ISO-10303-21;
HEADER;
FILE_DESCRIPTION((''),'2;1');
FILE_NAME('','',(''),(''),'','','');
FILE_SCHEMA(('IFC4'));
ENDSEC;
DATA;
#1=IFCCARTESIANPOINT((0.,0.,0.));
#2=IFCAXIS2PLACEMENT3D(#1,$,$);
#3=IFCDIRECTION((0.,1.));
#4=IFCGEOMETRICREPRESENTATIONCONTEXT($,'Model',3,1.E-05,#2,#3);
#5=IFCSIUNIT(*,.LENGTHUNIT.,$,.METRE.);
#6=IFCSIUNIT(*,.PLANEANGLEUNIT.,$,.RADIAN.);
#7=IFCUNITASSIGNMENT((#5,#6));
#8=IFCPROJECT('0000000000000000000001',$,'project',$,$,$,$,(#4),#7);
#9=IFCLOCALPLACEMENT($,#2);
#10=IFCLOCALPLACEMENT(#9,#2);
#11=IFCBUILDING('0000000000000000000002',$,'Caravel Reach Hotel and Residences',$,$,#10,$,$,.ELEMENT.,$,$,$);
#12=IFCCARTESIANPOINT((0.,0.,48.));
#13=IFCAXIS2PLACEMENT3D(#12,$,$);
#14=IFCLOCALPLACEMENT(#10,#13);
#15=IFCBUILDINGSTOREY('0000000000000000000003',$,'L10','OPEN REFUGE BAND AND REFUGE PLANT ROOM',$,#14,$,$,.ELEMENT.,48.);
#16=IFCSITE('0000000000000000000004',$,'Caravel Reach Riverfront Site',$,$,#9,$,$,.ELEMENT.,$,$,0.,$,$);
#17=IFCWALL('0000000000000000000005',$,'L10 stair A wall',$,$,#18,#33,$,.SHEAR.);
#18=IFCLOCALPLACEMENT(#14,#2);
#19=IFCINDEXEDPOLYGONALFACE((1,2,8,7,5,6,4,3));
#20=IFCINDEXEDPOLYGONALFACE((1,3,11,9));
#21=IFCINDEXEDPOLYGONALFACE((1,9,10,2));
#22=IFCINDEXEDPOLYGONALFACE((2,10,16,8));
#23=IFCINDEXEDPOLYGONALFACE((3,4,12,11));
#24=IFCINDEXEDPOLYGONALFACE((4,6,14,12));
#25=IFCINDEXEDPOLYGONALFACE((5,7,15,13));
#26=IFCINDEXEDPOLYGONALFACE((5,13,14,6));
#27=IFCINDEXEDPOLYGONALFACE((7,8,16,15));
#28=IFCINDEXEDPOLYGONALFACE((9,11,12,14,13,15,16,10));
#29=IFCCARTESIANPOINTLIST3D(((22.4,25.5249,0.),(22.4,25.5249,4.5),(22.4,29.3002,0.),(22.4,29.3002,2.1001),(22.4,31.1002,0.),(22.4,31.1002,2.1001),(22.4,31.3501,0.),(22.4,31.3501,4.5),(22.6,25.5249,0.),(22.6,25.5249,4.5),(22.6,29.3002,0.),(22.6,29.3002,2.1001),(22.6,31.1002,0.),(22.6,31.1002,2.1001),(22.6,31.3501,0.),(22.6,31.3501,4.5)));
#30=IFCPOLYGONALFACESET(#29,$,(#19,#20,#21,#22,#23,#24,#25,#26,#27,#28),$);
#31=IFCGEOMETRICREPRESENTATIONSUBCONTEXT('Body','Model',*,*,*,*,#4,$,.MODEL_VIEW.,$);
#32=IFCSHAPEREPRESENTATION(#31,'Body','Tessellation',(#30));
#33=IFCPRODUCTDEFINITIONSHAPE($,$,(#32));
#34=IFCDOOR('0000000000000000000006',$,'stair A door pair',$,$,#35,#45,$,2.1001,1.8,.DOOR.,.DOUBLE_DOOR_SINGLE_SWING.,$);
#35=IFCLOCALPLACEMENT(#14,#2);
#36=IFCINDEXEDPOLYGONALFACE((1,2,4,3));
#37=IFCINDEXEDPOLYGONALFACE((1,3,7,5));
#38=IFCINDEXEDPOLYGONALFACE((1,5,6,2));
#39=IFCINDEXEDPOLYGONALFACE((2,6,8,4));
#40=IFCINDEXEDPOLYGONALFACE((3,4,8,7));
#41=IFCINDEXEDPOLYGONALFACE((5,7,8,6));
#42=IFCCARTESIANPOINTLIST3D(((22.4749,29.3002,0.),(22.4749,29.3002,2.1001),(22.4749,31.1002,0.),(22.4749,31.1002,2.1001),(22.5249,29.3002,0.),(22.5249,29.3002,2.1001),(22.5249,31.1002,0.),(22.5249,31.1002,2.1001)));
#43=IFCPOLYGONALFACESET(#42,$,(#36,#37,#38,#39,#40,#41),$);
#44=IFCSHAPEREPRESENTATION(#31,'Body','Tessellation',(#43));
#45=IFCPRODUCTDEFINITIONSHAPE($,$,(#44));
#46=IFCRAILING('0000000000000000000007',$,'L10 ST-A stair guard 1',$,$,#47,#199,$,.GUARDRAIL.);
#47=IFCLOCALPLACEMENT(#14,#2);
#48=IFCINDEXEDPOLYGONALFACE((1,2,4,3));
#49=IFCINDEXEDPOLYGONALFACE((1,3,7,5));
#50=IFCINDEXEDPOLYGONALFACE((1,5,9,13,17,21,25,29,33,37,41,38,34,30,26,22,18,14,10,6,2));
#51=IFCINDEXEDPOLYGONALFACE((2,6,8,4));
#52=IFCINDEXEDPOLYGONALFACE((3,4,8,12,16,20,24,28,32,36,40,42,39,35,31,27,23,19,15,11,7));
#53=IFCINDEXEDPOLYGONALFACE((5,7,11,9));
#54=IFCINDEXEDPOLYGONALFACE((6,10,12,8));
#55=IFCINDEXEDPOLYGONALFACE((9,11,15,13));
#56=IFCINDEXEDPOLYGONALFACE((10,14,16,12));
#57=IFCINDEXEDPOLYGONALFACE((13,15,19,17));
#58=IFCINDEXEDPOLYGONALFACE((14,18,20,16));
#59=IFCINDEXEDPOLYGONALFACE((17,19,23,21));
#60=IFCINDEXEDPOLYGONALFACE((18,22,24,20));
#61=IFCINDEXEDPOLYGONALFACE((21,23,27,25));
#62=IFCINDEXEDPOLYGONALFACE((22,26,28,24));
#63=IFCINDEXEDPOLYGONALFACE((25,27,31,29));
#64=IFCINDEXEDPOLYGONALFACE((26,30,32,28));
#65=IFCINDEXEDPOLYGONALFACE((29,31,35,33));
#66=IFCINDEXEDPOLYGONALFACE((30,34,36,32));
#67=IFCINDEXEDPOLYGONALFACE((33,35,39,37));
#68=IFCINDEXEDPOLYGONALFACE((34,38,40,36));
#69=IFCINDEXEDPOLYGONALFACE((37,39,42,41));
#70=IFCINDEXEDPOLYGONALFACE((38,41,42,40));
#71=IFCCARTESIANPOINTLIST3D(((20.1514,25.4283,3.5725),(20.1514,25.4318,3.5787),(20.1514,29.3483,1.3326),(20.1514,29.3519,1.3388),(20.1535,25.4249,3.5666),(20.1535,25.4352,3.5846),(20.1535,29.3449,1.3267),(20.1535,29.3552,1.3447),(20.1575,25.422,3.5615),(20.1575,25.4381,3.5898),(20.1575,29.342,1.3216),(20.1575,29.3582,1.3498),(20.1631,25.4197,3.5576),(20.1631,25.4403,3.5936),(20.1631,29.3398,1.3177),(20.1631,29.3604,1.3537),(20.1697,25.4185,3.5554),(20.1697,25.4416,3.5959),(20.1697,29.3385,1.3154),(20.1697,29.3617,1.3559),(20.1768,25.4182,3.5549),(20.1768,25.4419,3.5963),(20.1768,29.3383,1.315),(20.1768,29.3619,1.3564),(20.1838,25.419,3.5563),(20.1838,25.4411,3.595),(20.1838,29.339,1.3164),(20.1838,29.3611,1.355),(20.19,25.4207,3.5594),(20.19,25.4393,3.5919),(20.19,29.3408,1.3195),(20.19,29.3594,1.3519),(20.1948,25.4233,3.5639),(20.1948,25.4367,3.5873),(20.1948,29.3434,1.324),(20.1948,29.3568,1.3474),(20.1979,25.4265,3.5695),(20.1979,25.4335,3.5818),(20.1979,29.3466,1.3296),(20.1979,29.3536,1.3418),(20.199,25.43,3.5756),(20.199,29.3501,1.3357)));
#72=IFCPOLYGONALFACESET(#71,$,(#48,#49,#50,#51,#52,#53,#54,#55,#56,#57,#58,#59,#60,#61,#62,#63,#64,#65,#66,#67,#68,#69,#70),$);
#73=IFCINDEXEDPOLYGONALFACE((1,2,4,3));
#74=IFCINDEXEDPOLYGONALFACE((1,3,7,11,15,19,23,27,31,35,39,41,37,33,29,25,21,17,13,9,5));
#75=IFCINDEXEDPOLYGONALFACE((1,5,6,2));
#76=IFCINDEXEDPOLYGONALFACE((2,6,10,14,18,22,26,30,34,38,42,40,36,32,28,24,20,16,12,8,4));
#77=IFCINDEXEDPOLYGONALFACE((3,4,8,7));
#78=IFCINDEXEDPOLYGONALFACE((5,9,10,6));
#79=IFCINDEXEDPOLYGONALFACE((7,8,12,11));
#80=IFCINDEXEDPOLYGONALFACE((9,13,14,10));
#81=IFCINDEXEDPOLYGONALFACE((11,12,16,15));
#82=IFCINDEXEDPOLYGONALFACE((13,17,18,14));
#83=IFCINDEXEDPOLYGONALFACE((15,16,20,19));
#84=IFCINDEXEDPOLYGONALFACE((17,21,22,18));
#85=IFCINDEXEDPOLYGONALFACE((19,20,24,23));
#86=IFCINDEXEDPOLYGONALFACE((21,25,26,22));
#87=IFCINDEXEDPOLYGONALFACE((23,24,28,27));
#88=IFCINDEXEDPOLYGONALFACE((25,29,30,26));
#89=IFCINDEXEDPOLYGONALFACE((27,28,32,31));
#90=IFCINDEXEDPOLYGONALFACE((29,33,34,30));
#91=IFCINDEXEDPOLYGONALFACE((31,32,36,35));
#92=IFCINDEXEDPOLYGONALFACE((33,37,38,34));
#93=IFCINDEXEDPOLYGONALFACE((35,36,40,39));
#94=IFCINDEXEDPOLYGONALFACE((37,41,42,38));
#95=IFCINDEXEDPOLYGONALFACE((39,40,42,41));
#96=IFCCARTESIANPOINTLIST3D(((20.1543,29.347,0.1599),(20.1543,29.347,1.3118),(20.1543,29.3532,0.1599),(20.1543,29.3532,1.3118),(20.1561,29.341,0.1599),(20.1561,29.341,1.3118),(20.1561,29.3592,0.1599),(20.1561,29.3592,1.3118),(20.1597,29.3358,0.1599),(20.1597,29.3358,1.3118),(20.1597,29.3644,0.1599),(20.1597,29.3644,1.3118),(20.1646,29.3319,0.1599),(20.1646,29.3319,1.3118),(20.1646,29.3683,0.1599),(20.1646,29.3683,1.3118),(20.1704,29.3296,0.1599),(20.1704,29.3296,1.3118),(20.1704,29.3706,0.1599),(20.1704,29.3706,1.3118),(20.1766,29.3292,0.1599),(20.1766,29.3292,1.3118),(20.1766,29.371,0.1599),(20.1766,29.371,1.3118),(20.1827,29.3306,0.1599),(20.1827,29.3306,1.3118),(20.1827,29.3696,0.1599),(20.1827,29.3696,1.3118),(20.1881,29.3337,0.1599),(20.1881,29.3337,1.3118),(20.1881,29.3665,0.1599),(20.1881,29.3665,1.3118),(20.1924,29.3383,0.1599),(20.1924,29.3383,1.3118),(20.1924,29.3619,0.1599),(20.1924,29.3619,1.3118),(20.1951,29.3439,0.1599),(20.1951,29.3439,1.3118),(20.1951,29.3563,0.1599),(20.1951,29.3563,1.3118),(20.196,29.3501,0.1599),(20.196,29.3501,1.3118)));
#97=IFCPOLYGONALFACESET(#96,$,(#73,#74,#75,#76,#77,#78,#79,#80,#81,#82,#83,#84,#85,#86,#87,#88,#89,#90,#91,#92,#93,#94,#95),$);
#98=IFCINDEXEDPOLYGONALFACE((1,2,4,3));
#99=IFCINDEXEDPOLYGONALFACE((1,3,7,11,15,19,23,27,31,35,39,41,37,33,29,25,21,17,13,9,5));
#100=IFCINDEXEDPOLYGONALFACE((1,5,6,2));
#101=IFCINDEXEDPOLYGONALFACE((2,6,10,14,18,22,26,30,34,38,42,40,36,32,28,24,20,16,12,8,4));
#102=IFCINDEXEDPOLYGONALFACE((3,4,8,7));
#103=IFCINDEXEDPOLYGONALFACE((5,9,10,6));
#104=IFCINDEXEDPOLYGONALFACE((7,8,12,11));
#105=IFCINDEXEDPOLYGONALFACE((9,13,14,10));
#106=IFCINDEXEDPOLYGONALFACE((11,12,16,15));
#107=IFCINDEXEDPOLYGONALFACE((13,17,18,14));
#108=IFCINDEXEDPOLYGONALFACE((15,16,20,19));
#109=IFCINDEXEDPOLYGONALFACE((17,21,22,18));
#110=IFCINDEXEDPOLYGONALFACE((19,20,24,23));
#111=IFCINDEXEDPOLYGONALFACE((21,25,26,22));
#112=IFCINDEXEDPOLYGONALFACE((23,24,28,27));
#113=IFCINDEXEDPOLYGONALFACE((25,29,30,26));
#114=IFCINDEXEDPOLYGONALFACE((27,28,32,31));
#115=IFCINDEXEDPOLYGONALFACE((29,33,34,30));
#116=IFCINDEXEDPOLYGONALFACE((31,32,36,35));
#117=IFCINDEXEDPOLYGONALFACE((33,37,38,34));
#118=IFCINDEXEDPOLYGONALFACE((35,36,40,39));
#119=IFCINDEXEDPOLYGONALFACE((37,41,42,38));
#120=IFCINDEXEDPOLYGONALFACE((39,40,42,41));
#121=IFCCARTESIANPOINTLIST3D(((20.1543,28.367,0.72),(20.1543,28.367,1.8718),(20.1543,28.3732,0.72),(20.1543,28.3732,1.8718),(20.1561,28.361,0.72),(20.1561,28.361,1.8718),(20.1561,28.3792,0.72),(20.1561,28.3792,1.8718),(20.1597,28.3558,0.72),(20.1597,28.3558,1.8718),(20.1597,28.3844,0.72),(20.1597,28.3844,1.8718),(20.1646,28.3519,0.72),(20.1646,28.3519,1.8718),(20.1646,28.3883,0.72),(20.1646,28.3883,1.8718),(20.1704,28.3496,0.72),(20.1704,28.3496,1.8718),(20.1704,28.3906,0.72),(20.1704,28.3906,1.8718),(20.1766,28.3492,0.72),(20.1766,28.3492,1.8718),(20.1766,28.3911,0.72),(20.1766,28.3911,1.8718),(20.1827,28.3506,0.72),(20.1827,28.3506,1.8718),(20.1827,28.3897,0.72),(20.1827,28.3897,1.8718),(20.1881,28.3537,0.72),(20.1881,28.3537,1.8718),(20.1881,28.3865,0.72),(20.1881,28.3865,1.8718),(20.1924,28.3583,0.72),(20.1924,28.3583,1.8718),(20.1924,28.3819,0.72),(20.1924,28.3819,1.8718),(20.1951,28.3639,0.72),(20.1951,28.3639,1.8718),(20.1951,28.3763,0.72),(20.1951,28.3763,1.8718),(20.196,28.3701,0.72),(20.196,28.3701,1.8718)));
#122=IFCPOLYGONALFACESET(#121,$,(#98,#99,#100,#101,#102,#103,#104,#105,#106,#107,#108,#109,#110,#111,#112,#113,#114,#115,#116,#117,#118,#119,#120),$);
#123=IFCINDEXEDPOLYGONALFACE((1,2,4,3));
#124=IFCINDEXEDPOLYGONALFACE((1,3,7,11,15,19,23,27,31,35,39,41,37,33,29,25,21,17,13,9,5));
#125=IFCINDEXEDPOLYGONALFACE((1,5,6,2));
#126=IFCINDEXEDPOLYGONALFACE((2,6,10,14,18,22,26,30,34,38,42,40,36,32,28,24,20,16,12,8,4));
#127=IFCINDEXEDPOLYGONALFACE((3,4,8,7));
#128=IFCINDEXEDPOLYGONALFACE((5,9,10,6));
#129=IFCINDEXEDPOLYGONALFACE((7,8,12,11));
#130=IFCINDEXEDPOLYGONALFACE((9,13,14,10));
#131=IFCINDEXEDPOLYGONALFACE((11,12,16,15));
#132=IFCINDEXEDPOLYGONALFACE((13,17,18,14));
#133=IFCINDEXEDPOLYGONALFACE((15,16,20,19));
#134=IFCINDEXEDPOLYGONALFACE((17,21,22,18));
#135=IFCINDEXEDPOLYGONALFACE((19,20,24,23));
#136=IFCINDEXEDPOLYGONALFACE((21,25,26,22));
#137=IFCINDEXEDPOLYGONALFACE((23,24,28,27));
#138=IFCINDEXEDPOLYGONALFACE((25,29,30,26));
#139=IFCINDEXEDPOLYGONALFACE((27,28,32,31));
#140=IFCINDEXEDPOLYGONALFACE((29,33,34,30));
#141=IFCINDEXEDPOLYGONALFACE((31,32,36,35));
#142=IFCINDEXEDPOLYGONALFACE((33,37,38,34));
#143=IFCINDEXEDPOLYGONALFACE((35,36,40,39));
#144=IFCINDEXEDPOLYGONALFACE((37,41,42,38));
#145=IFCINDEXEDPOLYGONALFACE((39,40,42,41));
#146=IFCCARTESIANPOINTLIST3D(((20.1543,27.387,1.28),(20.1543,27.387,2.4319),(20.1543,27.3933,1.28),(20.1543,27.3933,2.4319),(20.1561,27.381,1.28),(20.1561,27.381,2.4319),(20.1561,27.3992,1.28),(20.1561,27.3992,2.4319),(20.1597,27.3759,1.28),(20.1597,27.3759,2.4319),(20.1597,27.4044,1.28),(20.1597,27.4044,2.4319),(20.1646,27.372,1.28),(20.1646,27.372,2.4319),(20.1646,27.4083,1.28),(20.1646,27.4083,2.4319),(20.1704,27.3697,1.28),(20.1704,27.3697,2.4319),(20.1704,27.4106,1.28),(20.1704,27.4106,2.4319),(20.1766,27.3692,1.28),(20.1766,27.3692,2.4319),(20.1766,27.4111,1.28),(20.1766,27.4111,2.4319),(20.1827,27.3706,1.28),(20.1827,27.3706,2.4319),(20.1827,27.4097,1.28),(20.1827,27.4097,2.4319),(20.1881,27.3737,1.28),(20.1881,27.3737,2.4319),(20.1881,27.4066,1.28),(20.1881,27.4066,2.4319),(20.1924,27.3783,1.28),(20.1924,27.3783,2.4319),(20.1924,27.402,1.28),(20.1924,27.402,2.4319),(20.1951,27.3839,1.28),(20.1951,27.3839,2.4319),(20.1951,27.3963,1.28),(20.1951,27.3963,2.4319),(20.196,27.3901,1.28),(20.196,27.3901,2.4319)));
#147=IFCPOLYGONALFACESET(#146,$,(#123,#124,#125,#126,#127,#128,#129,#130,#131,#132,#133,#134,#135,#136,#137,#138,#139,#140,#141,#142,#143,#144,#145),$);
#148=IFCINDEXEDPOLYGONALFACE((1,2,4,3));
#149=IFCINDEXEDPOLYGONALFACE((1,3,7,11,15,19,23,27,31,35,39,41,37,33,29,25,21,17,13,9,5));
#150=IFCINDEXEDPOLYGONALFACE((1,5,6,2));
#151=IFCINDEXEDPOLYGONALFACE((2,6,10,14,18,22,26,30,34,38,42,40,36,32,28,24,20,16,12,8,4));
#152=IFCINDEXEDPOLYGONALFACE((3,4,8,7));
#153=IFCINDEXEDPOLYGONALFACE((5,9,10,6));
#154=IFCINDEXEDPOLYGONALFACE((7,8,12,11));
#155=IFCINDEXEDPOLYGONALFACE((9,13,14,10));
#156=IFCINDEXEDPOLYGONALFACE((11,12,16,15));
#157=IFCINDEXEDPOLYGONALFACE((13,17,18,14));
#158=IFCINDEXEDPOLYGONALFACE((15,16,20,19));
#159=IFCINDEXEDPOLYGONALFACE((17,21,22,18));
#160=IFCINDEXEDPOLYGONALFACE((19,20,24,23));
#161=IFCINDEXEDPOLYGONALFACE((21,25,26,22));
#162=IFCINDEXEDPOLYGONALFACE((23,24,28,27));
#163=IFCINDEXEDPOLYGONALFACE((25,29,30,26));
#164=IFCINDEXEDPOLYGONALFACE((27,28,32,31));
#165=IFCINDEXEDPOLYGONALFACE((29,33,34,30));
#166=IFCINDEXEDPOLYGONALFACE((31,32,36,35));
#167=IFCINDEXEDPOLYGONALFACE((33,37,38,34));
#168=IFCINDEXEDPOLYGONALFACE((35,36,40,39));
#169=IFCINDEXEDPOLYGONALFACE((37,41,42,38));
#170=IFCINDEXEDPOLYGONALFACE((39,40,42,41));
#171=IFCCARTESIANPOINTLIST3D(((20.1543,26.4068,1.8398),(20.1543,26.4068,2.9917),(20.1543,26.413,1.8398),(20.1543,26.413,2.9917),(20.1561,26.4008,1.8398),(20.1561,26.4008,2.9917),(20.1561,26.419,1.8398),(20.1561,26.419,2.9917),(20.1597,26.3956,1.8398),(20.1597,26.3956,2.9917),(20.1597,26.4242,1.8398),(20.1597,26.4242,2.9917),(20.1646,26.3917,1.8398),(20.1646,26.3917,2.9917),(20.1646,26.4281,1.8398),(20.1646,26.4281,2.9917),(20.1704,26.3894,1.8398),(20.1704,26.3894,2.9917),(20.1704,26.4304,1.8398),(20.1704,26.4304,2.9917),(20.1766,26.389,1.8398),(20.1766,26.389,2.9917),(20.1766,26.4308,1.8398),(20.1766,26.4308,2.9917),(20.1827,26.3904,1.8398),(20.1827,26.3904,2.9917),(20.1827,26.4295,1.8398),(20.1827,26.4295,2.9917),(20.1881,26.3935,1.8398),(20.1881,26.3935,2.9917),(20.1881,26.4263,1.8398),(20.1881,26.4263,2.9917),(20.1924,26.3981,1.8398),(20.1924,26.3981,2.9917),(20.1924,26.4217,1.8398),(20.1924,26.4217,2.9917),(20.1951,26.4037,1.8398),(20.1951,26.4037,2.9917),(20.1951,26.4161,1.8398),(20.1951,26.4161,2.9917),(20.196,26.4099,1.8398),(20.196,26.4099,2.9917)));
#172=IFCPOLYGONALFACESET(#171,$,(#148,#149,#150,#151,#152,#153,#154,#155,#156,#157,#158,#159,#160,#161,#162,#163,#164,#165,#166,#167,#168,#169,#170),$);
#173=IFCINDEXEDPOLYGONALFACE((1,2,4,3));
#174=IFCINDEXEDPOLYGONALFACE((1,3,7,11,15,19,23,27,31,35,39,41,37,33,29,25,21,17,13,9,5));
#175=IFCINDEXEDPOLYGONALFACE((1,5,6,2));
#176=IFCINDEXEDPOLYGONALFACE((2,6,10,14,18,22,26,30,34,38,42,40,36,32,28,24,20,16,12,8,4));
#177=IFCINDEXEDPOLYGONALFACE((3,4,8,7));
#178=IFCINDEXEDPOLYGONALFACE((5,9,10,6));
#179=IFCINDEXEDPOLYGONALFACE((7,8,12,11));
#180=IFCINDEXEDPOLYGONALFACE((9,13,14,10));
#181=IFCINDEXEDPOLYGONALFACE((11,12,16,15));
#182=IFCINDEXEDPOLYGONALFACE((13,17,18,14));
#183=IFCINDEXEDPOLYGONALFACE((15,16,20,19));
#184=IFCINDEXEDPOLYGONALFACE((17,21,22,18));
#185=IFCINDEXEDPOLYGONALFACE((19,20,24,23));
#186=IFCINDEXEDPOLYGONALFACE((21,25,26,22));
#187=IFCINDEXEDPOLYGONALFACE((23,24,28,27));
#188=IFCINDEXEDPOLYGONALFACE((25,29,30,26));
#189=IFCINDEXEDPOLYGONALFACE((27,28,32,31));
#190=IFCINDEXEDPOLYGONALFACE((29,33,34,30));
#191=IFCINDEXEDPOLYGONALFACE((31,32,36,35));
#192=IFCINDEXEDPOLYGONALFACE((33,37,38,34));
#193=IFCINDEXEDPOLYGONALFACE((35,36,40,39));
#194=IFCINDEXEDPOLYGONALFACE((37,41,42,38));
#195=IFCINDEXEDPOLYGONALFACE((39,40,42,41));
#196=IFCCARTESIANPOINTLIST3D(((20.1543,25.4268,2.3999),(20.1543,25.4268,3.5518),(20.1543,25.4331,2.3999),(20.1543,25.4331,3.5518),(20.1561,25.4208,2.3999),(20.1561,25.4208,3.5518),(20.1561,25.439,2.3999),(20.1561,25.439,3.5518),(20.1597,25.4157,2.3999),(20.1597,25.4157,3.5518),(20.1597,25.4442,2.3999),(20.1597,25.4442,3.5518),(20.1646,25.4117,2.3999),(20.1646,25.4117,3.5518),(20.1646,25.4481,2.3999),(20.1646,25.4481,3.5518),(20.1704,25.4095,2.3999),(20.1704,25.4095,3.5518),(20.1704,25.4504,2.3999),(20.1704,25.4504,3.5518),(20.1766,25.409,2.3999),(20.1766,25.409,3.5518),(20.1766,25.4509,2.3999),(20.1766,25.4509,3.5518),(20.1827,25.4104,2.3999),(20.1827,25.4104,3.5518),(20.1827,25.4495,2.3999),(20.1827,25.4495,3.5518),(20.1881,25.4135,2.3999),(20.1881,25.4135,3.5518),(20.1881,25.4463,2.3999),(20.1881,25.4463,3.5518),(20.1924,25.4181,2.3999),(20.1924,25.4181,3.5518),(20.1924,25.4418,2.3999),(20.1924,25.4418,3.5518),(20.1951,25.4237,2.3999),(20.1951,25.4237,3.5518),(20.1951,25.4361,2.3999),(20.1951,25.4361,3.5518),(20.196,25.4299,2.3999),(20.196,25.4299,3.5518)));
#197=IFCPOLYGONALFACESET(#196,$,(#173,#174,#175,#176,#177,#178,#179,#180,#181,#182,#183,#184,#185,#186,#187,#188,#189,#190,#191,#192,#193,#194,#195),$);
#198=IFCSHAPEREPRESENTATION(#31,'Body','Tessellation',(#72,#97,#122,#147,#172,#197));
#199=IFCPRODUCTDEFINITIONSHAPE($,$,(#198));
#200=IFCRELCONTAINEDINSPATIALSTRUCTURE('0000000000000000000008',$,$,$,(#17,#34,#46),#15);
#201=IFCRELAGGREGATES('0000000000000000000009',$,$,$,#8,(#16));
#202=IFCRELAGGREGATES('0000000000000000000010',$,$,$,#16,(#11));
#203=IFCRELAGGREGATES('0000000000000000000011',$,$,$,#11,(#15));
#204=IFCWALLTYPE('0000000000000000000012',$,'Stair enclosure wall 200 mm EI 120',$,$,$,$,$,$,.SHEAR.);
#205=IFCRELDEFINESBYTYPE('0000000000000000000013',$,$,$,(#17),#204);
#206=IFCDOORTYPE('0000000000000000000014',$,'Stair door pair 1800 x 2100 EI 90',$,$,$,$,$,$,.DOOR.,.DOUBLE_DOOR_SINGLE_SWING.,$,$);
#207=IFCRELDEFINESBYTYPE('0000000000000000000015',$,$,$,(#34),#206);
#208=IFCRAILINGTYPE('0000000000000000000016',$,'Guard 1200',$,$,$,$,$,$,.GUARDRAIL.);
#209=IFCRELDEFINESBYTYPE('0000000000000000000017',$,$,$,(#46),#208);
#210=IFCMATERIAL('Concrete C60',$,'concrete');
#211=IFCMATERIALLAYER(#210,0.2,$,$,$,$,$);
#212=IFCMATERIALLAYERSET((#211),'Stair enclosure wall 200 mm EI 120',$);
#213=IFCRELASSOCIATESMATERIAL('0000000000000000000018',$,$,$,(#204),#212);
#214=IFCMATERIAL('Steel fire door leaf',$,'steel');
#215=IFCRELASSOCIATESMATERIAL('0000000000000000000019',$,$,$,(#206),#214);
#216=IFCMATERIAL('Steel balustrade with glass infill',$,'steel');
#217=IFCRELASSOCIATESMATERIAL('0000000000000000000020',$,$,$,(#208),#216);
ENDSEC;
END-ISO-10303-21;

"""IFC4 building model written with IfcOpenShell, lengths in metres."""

from ifc_helpers import new_model, si_unit, direction, frame, frame_2d, origin, origin_2d, place, context, subcontext, project, spatial, rectangle, circle, extrude, material, layer, layer_set, type_object, element, fill, save


model = new_model("IFC4")

# Units and contexts
model_context = context("Model", 3, precision=1e-05, world=origin(), true_north=direction((0.0, 1.0)))
body_context = subcontext(model_context, "Body", "Model", "MODEL_VIEW")
ifc_project = project(units=[si_unit("LENGTHUNIT", "METRE"), si_unit("PLANEANGLEUNIT", "RADIAN")], contexts=[model_context])

# Site, building, storey
site_placement = place(None, origin())
site = spatial("IfcSite", under=ifc_project, at=site_placement, Name="Caravel Reach Riverfront Site", CompositionType="ELEMENT", RefElevation=0.0)
building_placement = place(site_placement, origin())
building = spatial("IfcBuilding", under=site, at=building_placement, Name="Caravel Reach Hotel and Residences", CompositionType="ELEMENT")
storey_placement = place(building_placement, frame((0.0, 0.0, 48.0)))
storey = spatial("IfcBuildingStorey", under=building, at=storey_placement, Name="L10", Description="OPEN REFUGE BAND AND REFUGE PLANT ROOM", CompositionType="ELEMENT", Elevation=48.0)

# Wall, opening, door
ifc_material_1 = material(Name="Concrete C60", Category="concrete")
ifc_layer_1 = layer(ifc_material_1, 0.2)
ifc_layer_set_1 = layer_set([ifc_layer_1], Name="Stair enclosure wall 200 mm EI 120")
wall_type_1 = type_object("IfcWallType", Name="Stair enclosure wall 200 mm EI 120", PredefinedType="SHEAR", material=ifc_layer_set_1)
wall_1_placement = place(storey_placement, frame((22.5, 31.3501, 0.0), z_axis=(0.0, 0.0, 1.0), x_axis=(0.0, -1.0, 0.0)))
wall_1 = element("IfcWall", 1, at=wall_1_placement, inside=storey, type_object=wall_type_1, Name="L10 stair A wall", PredefinedType="SHEAR", context=body_context, shape_type="SweptSolid", body=[
    extrude(rectangle(XDim=5.8252, YDim=0.2, at=frame_2d((2.9126, 0.0))), origin(), (0.0, 0.0, 1.0), 4.5),
])
opening_1_placement = place(wall_1_placement, frame((0.25, 0.0, 0.0)))
opening_1 = element("IfcOpeningElement", 2, at=opening_1_placement, cuts=wall_1, PredefinedType="OPENING", context=body_context, shape_type="SweptSolid", body=[
    extrude(rectangle(XDim=1.8, YDim=2.1001, at=frame_2d((0.8999, 1.05))), frame((0.0, 0.1099, 0.0), z_axis=(0.0, -1.0, 0.0), x_axis=(1.0, 0.0, 0.0)), (0.0, 0.0, 1.0), 0.22),
])
ifc_material_2 = material(Name="Steel fire door leaf", Category="steel")
door_type_1 = type_object("IfcDoorType", Name="Stair door pair 1800 x 2100 EI 90", OperationType="DOUBLE_DOOR_SINGLE_SWING", PredefinedType="DOOR", material=ifc_material_2)
door_1_placement = place(opening_1_placement, origin())
door_1 = element("IfcDoor", 3, at=door_1_placement, inside=storey, type_object=door_type_1, Name="stair A door pair", OperationType="DOUBLE_DOOR_SINGLE_SWING", OverallHeight=2.1001, OverallWidth=1.8, PredefinedType="DOOR", context=body_context, shape_type="SweptSolid", body=[
    extrude(rectangle(XDim=1.8, YDim=2.1001, at=frame_2d((0.8999, 1.05))), frame((0.0, 0.0249, 0.0), z_axis=(0.0, -1.0, 0.0), x_axis=(1.0, 0.0, 0.0)), (0.0, 0.0, 1.0), 0.05),
])
fill(opening_1, door_1)

# Railing
ifc_material_3 = material(Name="Steel balustrade with glass infill", Category="steel")
railing_type_1 = type_object("IfcRailingType", Name="Guard 1200", PredefinedType="GUARDRAIL", material=ifc_material_3)
railing_1_placement = place(storey_placement, frame((20.175, 29.3501, 0.1599)))
element("IfcRailing", 4, at=railing_1_placement, inside=storey, type_object=railing_type_1, Name="L10 ST-A stair guard 1", PredefinedType="GUARDRAIL", context=body_context, shape_type="SweptSolid", body=[
    extrude(circle(Radius=0.0239, at=origin_2d()), frame((0.0, 0.0, 1.1758), z_axis=(0.0, -0.868253, 0.496121), x_axis=(1.0, 0.0, 0.0)), (0.0, 0.0, 1.0), 4.5149),
    extrude(circle(Radius=0.021, at=origin_2d()), origin(), (0.0, 0.0, 1.0), 1.1519),
    extrude(circle(Radius=0.021, at=origin_2d()), frame((0.0, -0.98, 0.5601)), (0.0, 0.0, 1.0), 1.1519),
    extrude(circle(Radius=0.021, at=origin_2d()), frame((0.0, -1.96, 1.1201)), (0.0, 0.0, 1.0), 1.1519),
    extrude(circle(Radius=0.021, at=origin_2d()), frame((0.0, -2.9402, 1.6799)), (0.0, 0.0, 1.0), 1.1519),
    extrude(circle(Radius=0.021, at=origin_2d()), frame((0.0, -3.9202, 2.24)), (0.0, 0.0, 1.0), 1.1519),
])

save(model, "model.ifc")
